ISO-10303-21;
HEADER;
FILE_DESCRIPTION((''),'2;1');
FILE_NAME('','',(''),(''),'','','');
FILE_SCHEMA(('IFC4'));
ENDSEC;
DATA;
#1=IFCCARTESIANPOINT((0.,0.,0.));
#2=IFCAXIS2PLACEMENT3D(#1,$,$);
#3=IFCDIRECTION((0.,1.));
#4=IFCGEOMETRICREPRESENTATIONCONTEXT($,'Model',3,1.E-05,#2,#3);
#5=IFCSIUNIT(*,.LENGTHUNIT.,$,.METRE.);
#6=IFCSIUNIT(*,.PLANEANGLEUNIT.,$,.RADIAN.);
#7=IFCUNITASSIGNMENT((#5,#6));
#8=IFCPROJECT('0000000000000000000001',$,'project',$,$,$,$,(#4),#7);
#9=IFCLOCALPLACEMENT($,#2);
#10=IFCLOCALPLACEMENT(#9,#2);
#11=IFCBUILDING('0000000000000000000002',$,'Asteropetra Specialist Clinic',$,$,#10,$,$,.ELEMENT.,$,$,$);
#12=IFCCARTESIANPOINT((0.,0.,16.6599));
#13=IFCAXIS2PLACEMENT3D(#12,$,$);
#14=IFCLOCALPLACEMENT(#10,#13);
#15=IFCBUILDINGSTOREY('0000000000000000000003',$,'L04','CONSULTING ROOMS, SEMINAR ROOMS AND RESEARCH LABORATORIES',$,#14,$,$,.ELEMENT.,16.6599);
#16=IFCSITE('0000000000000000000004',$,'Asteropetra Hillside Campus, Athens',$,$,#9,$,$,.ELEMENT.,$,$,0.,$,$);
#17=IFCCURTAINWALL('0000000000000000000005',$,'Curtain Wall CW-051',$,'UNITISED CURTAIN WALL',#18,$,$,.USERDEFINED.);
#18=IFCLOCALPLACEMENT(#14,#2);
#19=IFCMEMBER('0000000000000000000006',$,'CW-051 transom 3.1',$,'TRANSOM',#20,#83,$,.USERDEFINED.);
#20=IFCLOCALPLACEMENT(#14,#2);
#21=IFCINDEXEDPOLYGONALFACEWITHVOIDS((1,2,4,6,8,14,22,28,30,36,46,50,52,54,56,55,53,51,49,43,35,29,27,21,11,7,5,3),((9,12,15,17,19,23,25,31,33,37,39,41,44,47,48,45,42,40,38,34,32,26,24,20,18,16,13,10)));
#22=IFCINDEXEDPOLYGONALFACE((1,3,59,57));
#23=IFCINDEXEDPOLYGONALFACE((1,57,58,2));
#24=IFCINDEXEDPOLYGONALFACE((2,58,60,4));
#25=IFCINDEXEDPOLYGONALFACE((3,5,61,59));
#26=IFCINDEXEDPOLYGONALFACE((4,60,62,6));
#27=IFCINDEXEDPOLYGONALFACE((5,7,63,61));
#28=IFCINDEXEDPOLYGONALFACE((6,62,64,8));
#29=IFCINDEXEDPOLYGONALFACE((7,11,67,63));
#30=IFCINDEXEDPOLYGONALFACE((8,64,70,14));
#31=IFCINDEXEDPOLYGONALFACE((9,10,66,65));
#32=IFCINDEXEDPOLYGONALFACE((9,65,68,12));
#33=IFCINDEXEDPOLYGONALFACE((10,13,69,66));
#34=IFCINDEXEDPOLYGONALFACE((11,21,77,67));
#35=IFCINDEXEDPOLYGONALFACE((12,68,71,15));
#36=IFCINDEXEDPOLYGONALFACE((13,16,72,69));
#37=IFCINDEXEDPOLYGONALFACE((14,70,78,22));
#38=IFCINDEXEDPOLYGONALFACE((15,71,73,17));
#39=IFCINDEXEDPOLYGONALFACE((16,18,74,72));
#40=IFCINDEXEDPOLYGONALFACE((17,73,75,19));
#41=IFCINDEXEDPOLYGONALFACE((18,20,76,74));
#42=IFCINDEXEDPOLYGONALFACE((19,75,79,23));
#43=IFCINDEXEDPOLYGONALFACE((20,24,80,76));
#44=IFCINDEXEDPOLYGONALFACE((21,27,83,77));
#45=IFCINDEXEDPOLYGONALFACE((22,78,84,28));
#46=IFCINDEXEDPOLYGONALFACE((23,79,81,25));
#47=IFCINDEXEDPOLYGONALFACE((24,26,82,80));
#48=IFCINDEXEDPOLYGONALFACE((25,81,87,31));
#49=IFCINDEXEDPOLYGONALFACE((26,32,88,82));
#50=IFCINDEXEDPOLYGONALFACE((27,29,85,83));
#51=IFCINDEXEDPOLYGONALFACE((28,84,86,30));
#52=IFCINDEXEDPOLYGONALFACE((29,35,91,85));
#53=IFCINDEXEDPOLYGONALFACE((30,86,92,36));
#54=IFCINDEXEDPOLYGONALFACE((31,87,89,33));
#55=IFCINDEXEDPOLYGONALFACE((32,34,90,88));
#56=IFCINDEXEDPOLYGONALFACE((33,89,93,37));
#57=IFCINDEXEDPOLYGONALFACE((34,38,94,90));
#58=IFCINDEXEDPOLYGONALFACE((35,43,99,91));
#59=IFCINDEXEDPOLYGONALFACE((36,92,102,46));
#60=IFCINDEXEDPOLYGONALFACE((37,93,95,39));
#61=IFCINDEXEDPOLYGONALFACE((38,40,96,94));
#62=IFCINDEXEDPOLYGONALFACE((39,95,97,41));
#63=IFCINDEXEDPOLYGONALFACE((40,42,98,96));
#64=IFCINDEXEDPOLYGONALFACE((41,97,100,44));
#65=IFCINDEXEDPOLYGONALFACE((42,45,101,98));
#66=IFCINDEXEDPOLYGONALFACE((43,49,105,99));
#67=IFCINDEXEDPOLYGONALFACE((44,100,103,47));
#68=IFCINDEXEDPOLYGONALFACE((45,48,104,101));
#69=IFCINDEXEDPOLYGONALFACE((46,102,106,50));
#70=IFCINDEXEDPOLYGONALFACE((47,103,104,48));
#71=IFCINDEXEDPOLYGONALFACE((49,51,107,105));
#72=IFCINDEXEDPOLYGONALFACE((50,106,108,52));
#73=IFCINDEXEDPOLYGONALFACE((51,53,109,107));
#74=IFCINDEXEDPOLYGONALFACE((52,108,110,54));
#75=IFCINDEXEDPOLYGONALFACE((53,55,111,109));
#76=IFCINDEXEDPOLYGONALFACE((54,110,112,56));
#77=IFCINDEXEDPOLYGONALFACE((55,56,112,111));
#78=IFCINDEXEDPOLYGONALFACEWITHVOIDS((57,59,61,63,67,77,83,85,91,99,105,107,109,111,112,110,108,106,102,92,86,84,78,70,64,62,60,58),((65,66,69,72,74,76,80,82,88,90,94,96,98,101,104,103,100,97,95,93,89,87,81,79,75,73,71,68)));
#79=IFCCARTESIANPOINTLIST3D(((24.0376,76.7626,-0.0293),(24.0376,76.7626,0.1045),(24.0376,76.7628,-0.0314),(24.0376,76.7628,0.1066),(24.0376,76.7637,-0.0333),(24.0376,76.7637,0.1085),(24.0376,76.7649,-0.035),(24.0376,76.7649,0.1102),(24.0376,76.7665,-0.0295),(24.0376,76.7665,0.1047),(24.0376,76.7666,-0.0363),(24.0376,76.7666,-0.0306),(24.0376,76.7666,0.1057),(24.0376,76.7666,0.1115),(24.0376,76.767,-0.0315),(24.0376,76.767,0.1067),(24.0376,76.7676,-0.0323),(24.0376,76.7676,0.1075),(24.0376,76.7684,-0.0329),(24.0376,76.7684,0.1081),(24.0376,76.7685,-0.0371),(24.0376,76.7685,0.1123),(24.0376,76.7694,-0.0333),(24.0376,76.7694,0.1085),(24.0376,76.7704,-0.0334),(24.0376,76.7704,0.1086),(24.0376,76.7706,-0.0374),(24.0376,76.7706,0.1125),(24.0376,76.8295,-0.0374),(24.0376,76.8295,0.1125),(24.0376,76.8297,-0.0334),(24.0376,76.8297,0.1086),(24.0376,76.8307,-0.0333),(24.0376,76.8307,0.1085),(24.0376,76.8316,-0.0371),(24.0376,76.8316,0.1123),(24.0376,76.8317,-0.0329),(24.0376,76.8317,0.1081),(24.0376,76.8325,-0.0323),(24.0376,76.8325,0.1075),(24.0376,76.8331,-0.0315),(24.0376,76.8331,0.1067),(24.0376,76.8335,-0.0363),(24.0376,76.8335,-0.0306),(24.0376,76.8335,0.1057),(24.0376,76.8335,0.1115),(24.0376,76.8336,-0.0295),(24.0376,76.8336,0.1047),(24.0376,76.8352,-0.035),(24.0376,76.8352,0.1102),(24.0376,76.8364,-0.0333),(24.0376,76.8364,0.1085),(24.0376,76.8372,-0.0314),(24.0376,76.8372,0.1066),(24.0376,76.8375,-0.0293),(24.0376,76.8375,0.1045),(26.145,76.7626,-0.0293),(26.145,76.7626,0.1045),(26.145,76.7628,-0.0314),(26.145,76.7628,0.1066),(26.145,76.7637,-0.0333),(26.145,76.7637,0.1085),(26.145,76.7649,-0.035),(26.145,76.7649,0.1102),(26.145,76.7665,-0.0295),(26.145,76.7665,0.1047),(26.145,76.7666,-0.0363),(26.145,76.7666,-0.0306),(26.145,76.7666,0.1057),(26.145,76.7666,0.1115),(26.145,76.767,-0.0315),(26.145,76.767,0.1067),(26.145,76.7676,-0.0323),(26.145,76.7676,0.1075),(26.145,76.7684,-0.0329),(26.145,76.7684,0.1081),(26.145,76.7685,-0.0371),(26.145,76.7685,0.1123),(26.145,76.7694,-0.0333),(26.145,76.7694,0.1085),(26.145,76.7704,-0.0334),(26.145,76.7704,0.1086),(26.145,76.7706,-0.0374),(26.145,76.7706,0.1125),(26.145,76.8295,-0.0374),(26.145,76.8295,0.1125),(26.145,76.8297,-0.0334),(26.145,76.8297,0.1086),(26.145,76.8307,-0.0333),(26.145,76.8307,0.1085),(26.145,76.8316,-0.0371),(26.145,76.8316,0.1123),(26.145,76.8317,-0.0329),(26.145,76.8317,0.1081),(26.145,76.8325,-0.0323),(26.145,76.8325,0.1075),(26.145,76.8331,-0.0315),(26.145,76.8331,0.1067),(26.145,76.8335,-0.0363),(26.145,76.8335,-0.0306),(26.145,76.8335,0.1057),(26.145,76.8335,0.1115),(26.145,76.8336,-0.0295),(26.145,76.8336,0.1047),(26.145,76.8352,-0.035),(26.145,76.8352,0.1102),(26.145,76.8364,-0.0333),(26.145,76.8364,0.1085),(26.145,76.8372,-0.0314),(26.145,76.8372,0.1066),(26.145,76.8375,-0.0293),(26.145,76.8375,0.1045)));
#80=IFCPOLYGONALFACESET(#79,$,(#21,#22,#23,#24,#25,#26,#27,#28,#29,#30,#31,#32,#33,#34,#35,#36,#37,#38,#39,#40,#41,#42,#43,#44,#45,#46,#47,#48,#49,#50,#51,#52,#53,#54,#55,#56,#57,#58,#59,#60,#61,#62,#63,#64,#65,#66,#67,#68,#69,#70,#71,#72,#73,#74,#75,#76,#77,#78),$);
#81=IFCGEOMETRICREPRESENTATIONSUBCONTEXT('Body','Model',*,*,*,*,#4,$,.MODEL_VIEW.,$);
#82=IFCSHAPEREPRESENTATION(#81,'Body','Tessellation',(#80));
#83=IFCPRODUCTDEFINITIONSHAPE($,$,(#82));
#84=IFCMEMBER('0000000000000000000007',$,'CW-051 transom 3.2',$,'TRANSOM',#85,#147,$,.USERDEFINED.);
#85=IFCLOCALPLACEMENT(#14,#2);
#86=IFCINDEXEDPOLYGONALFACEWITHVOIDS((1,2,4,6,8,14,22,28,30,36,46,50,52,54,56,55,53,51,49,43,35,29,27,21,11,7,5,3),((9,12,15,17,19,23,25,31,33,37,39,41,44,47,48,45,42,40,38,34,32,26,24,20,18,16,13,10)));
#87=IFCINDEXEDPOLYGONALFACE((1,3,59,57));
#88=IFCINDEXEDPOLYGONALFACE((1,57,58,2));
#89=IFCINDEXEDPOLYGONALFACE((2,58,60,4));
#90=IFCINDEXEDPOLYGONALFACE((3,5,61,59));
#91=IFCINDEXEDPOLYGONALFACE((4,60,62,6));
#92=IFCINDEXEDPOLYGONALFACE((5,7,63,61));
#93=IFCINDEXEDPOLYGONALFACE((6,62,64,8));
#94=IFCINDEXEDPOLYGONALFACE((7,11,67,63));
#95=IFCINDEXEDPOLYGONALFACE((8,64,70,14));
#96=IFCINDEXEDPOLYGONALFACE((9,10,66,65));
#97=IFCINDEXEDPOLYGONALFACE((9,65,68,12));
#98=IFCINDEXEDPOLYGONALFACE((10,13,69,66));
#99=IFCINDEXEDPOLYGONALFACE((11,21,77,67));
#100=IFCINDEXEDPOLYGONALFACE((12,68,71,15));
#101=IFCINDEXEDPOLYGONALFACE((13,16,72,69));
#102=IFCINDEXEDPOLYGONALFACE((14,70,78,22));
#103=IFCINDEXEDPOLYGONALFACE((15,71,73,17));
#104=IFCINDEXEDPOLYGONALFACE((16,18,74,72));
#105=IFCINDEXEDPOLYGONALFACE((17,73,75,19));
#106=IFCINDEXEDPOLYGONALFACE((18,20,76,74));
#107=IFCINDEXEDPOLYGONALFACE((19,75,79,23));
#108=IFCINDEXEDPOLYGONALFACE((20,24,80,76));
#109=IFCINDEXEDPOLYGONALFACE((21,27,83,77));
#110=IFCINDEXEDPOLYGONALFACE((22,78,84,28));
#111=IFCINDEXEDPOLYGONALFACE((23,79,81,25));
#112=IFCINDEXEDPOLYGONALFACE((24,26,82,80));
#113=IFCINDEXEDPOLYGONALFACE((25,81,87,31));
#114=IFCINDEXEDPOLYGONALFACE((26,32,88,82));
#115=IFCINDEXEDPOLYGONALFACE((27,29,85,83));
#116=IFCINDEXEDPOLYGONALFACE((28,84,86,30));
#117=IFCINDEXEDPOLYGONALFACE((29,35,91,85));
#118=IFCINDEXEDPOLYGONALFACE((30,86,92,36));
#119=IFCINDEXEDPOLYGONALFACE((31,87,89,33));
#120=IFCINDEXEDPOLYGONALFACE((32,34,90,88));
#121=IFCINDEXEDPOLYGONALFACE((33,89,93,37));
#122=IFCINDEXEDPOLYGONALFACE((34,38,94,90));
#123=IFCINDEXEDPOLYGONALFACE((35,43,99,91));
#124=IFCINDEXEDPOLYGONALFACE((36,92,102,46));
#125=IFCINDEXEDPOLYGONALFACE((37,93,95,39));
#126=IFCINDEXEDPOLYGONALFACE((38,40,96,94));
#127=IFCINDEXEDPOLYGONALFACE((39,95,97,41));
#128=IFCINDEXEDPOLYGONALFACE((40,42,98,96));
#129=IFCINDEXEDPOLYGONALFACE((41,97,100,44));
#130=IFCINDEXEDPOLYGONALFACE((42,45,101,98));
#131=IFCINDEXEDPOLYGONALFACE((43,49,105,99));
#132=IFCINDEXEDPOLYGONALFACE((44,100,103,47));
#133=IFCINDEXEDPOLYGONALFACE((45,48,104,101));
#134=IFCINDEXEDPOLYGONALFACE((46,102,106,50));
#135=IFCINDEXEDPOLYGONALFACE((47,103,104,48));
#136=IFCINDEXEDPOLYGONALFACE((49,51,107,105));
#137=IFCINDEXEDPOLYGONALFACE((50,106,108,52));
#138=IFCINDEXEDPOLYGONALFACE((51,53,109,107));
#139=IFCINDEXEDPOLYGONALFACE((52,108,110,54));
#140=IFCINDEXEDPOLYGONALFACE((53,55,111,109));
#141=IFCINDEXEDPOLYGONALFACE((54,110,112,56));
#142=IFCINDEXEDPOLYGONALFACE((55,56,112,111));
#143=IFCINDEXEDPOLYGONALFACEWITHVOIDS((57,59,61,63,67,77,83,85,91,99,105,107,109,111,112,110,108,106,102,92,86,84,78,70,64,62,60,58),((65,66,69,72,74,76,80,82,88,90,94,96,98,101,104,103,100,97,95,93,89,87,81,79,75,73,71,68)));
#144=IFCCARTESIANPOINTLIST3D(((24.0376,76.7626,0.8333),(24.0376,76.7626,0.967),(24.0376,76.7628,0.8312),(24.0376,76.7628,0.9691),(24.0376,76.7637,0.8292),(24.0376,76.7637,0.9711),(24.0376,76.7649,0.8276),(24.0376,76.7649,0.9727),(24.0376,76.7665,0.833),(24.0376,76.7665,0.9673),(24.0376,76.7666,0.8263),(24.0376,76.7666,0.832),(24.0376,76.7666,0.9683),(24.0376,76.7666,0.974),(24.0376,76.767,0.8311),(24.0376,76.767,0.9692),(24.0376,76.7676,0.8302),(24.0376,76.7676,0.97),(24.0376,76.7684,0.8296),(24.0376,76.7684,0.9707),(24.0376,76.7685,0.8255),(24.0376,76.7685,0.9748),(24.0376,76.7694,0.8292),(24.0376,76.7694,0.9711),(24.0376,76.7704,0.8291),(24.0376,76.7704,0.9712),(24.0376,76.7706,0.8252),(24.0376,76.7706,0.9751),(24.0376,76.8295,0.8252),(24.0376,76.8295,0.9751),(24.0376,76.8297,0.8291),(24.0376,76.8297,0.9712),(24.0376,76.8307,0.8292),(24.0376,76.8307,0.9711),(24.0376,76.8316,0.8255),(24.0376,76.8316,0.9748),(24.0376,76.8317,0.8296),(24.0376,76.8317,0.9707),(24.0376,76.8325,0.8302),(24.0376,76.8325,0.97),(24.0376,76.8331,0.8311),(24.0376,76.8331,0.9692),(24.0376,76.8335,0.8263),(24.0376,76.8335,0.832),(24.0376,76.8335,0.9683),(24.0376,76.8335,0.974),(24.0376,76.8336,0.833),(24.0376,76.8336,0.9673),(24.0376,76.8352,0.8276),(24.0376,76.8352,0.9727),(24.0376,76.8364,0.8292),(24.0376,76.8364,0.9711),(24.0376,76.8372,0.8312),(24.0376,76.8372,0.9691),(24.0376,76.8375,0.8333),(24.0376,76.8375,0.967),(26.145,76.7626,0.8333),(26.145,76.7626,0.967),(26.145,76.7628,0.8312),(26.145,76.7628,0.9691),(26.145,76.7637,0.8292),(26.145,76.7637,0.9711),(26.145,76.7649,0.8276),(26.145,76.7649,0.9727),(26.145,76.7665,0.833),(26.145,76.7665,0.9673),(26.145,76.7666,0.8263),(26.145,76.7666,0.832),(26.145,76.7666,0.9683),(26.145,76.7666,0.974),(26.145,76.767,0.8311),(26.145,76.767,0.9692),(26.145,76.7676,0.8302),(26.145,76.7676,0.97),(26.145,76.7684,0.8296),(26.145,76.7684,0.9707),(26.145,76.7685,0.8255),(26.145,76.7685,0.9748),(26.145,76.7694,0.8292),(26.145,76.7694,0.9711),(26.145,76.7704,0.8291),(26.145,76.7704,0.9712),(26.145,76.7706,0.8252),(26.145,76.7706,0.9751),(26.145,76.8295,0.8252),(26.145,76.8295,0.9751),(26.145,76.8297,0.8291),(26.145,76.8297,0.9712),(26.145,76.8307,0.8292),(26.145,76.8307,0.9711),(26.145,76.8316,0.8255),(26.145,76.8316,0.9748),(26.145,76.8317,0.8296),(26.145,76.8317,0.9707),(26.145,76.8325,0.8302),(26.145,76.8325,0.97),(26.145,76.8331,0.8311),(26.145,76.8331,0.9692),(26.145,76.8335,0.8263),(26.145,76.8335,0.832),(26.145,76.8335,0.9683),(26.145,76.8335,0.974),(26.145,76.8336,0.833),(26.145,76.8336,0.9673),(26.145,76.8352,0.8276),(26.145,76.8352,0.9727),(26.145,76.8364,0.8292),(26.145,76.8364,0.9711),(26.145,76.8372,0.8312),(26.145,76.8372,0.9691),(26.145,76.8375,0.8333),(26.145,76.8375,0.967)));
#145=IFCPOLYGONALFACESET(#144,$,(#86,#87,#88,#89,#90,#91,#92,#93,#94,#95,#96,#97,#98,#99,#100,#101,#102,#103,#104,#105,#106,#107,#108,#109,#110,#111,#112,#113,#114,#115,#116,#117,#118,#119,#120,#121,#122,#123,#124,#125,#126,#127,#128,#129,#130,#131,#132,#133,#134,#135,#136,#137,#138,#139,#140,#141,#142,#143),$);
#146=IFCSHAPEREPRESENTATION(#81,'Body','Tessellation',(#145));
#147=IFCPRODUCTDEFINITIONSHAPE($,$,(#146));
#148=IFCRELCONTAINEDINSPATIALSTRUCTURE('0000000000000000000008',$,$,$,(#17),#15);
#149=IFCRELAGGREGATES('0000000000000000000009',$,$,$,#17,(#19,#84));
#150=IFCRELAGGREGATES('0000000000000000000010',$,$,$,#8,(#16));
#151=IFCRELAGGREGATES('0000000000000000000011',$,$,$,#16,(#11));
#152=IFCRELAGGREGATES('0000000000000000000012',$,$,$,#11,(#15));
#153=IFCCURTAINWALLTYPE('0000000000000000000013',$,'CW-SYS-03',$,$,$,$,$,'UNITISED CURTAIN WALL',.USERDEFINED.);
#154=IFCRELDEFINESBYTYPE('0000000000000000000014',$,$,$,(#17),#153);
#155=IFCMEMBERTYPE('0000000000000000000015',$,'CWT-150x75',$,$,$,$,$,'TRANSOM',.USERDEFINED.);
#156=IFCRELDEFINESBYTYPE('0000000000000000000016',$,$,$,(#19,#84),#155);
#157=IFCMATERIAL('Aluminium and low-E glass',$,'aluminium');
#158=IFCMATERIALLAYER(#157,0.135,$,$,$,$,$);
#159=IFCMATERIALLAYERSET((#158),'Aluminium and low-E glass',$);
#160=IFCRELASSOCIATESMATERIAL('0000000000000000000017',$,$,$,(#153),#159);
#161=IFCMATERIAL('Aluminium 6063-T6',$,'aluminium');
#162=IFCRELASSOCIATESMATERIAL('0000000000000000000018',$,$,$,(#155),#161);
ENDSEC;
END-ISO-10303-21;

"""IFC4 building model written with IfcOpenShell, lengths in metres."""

from ifc_helpers import new_model, si_unit, direction, frame, origin, origin_2d, place, context, subcontext, project, spatial, hollow_rectangle, extrude, material, layer, layer_set, material_profile, profile_set, type_object, element, aggregate, save


model = new_model("IFC4")

# Units and contexts
model_context = context("Model", 3, precision=1e-05, world=origin(), true_north=direction((0.0, 1.0)))
body_context = subcontext(model_context, "Body", "Model", "MODEL_VIEW")
ifc_project = project(units=[si_unit("LENGTHUNIT", "METRE"), si_unit("PLANEANGLEUNIT", "RADIAN")], contexts=[model_context])

# Site, building, storey
site_placement = place(None, origin())
site = spatial("IfcSite", under=ifc_project, at=site_placement, Name="Asteropetra Hillside Campus, Athens", CompositionType="ELEMENT", RefElevation=0.0)
building_placement = place(site_placement, origin())
building = spatial("IfcBuilding", under=site, at=building_placement, Name="Asteropetra Specialist Clinic", CompositionType="ELEMENT")
storey_placement = place(building_placement, frame((0.0, 0.0, 16.6599)))
storey = spatial("IfcBuildingStorey", under=building, at=storey_placement, Name="L04", Description="CONSULTING ROOMS, SEMINAR ROOMS AND RESEARCH LABORATORIES", CompositionType="ELEMENT", Elevation=16.6599)

# Curtain wall
ifc_material_1 = material(Name="Aluminium and low-E glass", Category="aluminium")
ifc_layer_1 = layer(ifc_material_1, 0.135)
ifc_layer_set_1 = layer_set([ifc_layer_1], Name="Aluminium and low-E glass")
curtain_wall_type_1 = type_object("IfcCurtainWallType", Name="CW-SYS-03", ElementType="UNITISED CURTAIN WALL", PredefinedType="USERDEFINED", material=ifc_layer_set_1)
curtain_wall_1_placement = place(storey_placement, origin())
curtain_wall_1 = element("IfcCurtainWall", 1, at=curtain_wall_1_placement, inside=storey, type_object=curtain_wall_type_1, Name="Curtain Wall CW-051", ObjectType="UNITISED CURTAIN WALL", PredefinedType="USERDEFINED")

# Members
ifc_material_2 = material(Name="Aluminium 6063-T6", Category="aluminium")
ifc_material_profile_1 = material_profile(ifc_material_2, hollow_rectangle(XDim=0.075, YDim=0.1499, WallThickness=0.0039, InnerFilletRadius=0.0039, OuterFilletRadius=0.0081, at=origin_2d()), Name="TRN 150x75x4.0")
ifc_profile_set_1 = profile_set([ifc_material_profile_1], Name="Aluminium 6063-T6")
member_type_1 = type_object("IfcMemberType", Name="CWT-150x75", ElementType="TRANSOM", PredefinedType="USERDEFINED", material=ifc_profile_set_1)
member_1_placement = place(storey_placement, frame((24.0376, 76.8, 0.0376), z_axis=(1.0, 0.0, 0.0), x_axis=(0.0, 1.0, 0.0)))
member_1 = element("IfcMember", 2, at=member_1_placement, type_object=member_type_1, Name="CW-051 transom 3.1", ObjectType="TRANSOM", PredefinedType="USERDEFINED", context=body_context, shape_type="SweptSolid", body=[
    extrude(hollow_rectangle(XDim=0.075, YDim=0.1499, WallThickness=0.0039, InnerFilletRadius=0.0039, OuterFilletRadius=0.0081, at=origin_2d()), origin(), (0.0, 0.0, 1.0), 2.1074),
])
member_2_placement = place(storey_placement, frame((24.0376, 76.8, 0.9001), z_axis=(1.0, 0.0, 0.0), x_axis=(0.0, 1.0, 0.0)))
member_2 = element("IfcMember", 3, at=member_2_placement, type_object=member_type_1, Name="CW-051 transom 3.2", ObjectType="TRANSOM", PredefinedType="USERDEFINED", context=body_context, shape_type="SweptSolid", body=[
    extrude(hollow_rectangle(XDim=0.075, YDim=0.1499, WallThickness=0.0039, InnerFilletRadius=0.0039, OuterFilletRadius=0.0081, at=origin_2d()), origin(), (0.0, 0.0, 1.0), 2.1074),
])

aggregate(curtain_wall_1, [member_1, member_2])

save(model, "model.ifc")
